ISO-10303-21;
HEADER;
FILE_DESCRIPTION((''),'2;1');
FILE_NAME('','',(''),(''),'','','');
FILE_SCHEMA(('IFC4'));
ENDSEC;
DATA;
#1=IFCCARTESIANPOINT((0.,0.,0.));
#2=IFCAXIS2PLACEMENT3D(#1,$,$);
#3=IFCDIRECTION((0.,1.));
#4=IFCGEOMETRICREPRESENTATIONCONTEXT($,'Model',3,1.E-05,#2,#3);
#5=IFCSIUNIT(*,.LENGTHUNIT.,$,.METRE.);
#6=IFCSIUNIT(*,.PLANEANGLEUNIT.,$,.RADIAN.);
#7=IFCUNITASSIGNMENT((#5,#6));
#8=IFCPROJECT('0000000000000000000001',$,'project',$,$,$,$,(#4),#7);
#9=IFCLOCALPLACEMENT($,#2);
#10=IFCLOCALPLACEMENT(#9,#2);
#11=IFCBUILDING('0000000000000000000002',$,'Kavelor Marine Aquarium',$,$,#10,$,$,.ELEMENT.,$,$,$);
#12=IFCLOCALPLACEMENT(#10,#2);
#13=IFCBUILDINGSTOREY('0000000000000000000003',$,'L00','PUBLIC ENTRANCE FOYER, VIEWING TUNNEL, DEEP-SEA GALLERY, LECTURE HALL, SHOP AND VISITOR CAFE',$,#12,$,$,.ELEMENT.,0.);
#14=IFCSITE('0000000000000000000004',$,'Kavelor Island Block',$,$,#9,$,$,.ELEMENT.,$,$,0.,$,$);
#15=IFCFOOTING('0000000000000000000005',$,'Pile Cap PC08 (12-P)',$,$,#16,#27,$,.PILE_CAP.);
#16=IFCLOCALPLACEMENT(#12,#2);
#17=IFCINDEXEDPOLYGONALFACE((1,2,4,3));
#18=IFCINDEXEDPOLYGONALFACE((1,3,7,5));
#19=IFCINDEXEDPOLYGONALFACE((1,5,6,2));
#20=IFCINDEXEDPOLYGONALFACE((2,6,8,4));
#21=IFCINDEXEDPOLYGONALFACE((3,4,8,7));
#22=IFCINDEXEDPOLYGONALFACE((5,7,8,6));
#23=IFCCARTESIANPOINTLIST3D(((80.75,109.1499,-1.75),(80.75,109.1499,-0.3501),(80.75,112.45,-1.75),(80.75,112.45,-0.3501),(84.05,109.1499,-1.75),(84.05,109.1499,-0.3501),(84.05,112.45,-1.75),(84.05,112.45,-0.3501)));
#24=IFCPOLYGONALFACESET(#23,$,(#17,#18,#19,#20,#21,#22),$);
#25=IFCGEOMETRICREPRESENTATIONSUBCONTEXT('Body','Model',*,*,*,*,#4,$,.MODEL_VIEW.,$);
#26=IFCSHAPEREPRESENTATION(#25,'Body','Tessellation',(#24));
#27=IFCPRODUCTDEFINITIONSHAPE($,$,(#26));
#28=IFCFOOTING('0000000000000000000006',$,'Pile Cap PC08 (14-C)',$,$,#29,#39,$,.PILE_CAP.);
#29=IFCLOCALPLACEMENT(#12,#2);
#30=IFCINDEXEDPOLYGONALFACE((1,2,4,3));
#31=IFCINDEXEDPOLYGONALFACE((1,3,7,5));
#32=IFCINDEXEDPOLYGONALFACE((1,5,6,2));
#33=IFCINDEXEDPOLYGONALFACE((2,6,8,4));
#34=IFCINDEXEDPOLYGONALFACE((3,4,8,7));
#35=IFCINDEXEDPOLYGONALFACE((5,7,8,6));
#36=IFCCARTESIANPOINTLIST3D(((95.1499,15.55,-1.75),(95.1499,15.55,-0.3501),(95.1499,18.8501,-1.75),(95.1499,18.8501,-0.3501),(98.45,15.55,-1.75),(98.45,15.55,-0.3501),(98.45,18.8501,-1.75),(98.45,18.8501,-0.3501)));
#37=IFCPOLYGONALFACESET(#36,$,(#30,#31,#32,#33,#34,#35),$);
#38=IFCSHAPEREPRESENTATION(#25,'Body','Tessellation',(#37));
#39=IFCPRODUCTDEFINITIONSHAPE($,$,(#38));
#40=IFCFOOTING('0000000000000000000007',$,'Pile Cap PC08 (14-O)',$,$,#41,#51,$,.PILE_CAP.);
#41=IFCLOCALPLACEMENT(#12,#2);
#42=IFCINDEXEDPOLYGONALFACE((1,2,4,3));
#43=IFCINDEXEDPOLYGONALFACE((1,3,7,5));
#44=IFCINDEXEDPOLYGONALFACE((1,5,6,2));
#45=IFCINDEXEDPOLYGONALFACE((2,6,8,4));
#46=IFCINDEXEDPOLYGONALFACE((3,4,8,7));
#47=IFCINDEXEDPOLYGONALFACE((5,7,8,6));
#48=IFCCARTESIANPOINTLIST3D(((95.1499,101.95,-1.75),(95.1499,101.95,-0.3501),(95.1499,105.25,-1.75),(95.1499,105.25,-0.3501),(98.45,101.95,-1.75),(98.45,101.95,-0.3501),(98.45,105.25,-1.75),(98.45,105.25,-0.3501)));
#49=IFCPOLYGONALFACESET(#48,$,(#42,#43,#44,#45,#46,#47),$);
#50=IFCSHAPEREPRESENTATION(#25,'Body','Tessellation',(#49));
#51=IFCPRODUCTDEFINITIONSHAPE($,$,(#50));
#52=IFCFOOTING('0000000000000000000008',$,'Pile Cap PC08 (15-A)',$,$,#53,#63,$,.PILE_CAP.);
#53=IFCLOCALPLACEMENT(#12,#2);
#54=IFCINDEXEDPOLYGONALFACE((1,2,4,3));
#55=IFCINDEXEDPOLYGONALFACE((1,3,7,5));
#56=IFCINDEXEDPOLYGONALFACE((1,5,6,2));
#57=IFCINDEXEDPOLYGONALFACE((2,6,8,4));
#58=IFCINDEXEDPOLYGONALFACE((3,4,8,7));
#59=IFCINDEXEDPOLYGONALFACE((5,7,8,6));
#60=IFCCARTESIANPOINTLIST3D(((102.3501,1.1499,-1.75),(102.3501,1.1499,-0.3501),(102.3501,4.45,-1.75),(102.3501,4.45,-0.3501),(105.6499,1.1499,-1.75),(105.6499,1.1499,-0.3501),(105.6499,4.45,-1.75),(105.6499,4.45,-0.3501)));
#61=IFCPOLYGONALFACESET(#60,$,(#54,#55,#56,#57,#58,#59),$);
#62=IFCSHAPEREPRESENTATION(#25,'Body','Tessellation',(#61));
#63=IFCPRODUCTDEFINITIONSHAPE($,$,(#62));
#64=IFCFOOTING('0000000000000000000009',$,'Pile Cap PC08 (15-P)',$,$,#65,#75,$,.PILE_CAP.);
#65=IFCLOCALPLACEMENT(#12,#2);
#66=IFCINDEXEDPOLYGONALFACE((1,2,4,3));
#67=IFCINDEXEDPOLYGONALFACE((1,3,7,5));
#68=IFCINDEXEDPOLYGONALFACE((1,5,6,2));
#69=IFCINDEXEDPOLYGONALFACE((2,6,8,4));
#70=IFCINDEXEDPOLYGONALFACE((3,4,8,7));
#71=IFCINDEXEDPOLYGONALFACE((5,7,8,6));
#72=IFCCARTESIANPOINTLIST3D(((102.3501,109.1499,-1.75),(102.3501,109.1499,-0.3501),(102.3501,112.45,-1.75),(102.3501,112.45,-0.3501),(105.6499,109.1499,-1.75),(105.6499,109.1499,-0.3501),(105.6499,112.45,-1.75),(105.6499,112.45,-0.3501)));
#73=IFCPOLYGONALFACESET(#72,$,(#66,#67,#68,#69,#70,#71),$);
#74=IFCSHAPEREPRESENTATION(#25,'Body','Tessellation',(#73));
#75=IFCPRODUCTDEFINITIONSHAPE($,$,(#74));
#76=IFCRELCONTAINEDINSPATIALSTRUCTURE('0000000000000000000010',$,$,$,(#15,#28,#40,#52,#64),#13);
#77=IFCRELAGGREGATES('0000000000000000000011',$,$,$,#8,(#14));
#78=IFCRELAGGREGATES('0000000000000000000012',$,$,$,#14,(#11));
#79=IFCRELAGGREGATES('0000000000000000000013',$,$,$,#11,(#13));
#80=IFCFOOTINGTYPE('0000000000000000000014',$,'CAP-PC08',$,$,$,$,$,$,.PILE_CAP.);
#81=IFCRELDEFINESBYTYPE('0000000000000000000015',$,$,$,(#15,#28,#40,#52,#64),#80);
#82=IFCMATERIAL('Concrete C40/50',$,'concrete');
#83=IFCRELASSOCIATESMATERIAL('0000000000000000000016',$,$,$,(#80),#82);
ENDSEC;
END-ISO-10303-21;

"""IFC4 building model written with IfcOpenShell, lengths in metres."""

from ifc_helpers import new_model, si_unit, direction, frame, origin, place, context, subcontext, project, spatial, polyline, outline, extrude, material, type_object, element, save


model = new_model("IFC4")

# Units and contexts
model_context = context("Model", 3, precision=1e-05, world=origin(), true_north=direction((0.0, 1.0)))
body_context = subcontext(model_context, "Body", "Model", "MODEL_VIEW")
ifc_project = project(units=[si_unit("LENGTHUNIT", "METRE"), si_unit("PLANEANGLEUNIT", "RADIAN")], contexts=[model_context])

# Site, building, storey
site_placement = place(None, origin())
site = spatial("IfcSite", under=ifc_project, at=site_placement, Name="Kavelor Island Block", CompositionType="ELEMENT", RefElevation=0.0)
building_placement = place(site_placement, origin())
building = spatial("IfcBuilding", under=site, at=building_placement, Name="Kavelor Marine Aquarium", CompositionType="ELEMENT")
storey_placement = place(building_placement, origin())
storey = spatial("IfcBuildingStorey", under=building, at=storey_placement, Name="L00", Description="PUBLIC ENTRANCE FOYER, VIEWING TUNNEL, DEEP-SEA GALLERY, LECTURE HALL, SHOP AND VISITOR CAFE", CompositionType="ELEMENT", Elevation=0.0)

# Footings
ifc_material_1 = material(Name="Concrete C40/50", Category="concrete")
footing_type_1 = type_object("IfcFootingType", Name="CAP-PC08", PredefinedType="PILE_CAP", material=ifc_material_1)
footing_1_placement = place(storey_placement, frame((0.0, 0.0, -1.75)))
element("IfcFooting", 1, at=footing_1_placement, inside=storey, type_object=footing_type_1, Name="Pile Cap PC08 (12-P)", PredefinedType="PILE_CAP", context=body_context, shape_type="SweptSolid", body=[
    extrude(outline(polyline([(80.75, 109.1499), (84.05, 109.1499), (84.05, 112.45), (80.75, 112.45), (80.75, 109.1499)])), origin(), (0.0, 0.0, 1.0), 1.3999),
])
footing_2_placement = place(storey_placement, frame((0.0, 0.0, -1.75)))
element("IfcFooting", 2, at=footing_2_placement, inside=storey, type_object=footing_type_1, Name="Pile Cap PC08 (14-C)", PredefinedType="PILE_CAP", context=body_context, shape_type="SweptSolid", body=[
    extrude(outline(polyline([(95.1499, 15.55), (98.45, 15.55), (98.45, 18.8501), (95.1499, 18.8501), (95.1499, 15.55)])), origin(), (0.0, 0.0, 1.0), 1.3999),
])
footing_3_placement = place(storey_placement, frame((0.0, 0.0, -1.75)))
element("IfcFooting", 3, at=footing_3_placement, inside=storey, type_object=footing_type_1, Name="Pile Cap PC08 (14-O)", PredefinedType="PILE_CAP", context=body_context, shape_type="SweptSolid", body=[
    extrude(outline(polyline([(95.1499, 101.95), (98.45, 101.95), (98.45, 105.25), (95.1499, 105.25), (95.1499, 101.95)])), origin(), (0.0, 0.0, 1.0), 1.3999),
])
footing_4_placement = place(storey_placement, frame((0.0, 0.0, -1.75)))
element("IfcFooting", 4, at=footing_4_placement, inside=storey, type_object=footing_type_1, Name="Pile Cap PC08 (15-A)", PredefinedType="PILE_CAP", context=body_context, shape_type="SweptSolid", body=[
    extrude(outline(polyline([(102.3501, 1.1499), (105.6499, 1.1499), (105.6499, 4.45), (102.3501, 4.45), (102.3501, 1.1499)])), origin(), (0.0, 0.0, 1.0), 1.3999),
])
footing_5_placement = place(storey_placement, frame((0.0, 0.0, -1.75)))
element("IfcFooting", 5, at=footing_5_placement, inside=storey, type_object=footing_type_1, Name="Pile Cap PC08 (15-P)", PredefinedType="PILE_CAP", context=body_context, shape_type="SweptSolid", body=[
    extrude(outline(polyline([(102.3501, 109.1499), (105.6499, 109.1499), (105.6499, 112.45), (102.3501, 112.45), (102.3501, 109.1499)])), origin(), (0.0, 0.0, 1.0), 1.3999),
])

save(model, "model.ifc")
